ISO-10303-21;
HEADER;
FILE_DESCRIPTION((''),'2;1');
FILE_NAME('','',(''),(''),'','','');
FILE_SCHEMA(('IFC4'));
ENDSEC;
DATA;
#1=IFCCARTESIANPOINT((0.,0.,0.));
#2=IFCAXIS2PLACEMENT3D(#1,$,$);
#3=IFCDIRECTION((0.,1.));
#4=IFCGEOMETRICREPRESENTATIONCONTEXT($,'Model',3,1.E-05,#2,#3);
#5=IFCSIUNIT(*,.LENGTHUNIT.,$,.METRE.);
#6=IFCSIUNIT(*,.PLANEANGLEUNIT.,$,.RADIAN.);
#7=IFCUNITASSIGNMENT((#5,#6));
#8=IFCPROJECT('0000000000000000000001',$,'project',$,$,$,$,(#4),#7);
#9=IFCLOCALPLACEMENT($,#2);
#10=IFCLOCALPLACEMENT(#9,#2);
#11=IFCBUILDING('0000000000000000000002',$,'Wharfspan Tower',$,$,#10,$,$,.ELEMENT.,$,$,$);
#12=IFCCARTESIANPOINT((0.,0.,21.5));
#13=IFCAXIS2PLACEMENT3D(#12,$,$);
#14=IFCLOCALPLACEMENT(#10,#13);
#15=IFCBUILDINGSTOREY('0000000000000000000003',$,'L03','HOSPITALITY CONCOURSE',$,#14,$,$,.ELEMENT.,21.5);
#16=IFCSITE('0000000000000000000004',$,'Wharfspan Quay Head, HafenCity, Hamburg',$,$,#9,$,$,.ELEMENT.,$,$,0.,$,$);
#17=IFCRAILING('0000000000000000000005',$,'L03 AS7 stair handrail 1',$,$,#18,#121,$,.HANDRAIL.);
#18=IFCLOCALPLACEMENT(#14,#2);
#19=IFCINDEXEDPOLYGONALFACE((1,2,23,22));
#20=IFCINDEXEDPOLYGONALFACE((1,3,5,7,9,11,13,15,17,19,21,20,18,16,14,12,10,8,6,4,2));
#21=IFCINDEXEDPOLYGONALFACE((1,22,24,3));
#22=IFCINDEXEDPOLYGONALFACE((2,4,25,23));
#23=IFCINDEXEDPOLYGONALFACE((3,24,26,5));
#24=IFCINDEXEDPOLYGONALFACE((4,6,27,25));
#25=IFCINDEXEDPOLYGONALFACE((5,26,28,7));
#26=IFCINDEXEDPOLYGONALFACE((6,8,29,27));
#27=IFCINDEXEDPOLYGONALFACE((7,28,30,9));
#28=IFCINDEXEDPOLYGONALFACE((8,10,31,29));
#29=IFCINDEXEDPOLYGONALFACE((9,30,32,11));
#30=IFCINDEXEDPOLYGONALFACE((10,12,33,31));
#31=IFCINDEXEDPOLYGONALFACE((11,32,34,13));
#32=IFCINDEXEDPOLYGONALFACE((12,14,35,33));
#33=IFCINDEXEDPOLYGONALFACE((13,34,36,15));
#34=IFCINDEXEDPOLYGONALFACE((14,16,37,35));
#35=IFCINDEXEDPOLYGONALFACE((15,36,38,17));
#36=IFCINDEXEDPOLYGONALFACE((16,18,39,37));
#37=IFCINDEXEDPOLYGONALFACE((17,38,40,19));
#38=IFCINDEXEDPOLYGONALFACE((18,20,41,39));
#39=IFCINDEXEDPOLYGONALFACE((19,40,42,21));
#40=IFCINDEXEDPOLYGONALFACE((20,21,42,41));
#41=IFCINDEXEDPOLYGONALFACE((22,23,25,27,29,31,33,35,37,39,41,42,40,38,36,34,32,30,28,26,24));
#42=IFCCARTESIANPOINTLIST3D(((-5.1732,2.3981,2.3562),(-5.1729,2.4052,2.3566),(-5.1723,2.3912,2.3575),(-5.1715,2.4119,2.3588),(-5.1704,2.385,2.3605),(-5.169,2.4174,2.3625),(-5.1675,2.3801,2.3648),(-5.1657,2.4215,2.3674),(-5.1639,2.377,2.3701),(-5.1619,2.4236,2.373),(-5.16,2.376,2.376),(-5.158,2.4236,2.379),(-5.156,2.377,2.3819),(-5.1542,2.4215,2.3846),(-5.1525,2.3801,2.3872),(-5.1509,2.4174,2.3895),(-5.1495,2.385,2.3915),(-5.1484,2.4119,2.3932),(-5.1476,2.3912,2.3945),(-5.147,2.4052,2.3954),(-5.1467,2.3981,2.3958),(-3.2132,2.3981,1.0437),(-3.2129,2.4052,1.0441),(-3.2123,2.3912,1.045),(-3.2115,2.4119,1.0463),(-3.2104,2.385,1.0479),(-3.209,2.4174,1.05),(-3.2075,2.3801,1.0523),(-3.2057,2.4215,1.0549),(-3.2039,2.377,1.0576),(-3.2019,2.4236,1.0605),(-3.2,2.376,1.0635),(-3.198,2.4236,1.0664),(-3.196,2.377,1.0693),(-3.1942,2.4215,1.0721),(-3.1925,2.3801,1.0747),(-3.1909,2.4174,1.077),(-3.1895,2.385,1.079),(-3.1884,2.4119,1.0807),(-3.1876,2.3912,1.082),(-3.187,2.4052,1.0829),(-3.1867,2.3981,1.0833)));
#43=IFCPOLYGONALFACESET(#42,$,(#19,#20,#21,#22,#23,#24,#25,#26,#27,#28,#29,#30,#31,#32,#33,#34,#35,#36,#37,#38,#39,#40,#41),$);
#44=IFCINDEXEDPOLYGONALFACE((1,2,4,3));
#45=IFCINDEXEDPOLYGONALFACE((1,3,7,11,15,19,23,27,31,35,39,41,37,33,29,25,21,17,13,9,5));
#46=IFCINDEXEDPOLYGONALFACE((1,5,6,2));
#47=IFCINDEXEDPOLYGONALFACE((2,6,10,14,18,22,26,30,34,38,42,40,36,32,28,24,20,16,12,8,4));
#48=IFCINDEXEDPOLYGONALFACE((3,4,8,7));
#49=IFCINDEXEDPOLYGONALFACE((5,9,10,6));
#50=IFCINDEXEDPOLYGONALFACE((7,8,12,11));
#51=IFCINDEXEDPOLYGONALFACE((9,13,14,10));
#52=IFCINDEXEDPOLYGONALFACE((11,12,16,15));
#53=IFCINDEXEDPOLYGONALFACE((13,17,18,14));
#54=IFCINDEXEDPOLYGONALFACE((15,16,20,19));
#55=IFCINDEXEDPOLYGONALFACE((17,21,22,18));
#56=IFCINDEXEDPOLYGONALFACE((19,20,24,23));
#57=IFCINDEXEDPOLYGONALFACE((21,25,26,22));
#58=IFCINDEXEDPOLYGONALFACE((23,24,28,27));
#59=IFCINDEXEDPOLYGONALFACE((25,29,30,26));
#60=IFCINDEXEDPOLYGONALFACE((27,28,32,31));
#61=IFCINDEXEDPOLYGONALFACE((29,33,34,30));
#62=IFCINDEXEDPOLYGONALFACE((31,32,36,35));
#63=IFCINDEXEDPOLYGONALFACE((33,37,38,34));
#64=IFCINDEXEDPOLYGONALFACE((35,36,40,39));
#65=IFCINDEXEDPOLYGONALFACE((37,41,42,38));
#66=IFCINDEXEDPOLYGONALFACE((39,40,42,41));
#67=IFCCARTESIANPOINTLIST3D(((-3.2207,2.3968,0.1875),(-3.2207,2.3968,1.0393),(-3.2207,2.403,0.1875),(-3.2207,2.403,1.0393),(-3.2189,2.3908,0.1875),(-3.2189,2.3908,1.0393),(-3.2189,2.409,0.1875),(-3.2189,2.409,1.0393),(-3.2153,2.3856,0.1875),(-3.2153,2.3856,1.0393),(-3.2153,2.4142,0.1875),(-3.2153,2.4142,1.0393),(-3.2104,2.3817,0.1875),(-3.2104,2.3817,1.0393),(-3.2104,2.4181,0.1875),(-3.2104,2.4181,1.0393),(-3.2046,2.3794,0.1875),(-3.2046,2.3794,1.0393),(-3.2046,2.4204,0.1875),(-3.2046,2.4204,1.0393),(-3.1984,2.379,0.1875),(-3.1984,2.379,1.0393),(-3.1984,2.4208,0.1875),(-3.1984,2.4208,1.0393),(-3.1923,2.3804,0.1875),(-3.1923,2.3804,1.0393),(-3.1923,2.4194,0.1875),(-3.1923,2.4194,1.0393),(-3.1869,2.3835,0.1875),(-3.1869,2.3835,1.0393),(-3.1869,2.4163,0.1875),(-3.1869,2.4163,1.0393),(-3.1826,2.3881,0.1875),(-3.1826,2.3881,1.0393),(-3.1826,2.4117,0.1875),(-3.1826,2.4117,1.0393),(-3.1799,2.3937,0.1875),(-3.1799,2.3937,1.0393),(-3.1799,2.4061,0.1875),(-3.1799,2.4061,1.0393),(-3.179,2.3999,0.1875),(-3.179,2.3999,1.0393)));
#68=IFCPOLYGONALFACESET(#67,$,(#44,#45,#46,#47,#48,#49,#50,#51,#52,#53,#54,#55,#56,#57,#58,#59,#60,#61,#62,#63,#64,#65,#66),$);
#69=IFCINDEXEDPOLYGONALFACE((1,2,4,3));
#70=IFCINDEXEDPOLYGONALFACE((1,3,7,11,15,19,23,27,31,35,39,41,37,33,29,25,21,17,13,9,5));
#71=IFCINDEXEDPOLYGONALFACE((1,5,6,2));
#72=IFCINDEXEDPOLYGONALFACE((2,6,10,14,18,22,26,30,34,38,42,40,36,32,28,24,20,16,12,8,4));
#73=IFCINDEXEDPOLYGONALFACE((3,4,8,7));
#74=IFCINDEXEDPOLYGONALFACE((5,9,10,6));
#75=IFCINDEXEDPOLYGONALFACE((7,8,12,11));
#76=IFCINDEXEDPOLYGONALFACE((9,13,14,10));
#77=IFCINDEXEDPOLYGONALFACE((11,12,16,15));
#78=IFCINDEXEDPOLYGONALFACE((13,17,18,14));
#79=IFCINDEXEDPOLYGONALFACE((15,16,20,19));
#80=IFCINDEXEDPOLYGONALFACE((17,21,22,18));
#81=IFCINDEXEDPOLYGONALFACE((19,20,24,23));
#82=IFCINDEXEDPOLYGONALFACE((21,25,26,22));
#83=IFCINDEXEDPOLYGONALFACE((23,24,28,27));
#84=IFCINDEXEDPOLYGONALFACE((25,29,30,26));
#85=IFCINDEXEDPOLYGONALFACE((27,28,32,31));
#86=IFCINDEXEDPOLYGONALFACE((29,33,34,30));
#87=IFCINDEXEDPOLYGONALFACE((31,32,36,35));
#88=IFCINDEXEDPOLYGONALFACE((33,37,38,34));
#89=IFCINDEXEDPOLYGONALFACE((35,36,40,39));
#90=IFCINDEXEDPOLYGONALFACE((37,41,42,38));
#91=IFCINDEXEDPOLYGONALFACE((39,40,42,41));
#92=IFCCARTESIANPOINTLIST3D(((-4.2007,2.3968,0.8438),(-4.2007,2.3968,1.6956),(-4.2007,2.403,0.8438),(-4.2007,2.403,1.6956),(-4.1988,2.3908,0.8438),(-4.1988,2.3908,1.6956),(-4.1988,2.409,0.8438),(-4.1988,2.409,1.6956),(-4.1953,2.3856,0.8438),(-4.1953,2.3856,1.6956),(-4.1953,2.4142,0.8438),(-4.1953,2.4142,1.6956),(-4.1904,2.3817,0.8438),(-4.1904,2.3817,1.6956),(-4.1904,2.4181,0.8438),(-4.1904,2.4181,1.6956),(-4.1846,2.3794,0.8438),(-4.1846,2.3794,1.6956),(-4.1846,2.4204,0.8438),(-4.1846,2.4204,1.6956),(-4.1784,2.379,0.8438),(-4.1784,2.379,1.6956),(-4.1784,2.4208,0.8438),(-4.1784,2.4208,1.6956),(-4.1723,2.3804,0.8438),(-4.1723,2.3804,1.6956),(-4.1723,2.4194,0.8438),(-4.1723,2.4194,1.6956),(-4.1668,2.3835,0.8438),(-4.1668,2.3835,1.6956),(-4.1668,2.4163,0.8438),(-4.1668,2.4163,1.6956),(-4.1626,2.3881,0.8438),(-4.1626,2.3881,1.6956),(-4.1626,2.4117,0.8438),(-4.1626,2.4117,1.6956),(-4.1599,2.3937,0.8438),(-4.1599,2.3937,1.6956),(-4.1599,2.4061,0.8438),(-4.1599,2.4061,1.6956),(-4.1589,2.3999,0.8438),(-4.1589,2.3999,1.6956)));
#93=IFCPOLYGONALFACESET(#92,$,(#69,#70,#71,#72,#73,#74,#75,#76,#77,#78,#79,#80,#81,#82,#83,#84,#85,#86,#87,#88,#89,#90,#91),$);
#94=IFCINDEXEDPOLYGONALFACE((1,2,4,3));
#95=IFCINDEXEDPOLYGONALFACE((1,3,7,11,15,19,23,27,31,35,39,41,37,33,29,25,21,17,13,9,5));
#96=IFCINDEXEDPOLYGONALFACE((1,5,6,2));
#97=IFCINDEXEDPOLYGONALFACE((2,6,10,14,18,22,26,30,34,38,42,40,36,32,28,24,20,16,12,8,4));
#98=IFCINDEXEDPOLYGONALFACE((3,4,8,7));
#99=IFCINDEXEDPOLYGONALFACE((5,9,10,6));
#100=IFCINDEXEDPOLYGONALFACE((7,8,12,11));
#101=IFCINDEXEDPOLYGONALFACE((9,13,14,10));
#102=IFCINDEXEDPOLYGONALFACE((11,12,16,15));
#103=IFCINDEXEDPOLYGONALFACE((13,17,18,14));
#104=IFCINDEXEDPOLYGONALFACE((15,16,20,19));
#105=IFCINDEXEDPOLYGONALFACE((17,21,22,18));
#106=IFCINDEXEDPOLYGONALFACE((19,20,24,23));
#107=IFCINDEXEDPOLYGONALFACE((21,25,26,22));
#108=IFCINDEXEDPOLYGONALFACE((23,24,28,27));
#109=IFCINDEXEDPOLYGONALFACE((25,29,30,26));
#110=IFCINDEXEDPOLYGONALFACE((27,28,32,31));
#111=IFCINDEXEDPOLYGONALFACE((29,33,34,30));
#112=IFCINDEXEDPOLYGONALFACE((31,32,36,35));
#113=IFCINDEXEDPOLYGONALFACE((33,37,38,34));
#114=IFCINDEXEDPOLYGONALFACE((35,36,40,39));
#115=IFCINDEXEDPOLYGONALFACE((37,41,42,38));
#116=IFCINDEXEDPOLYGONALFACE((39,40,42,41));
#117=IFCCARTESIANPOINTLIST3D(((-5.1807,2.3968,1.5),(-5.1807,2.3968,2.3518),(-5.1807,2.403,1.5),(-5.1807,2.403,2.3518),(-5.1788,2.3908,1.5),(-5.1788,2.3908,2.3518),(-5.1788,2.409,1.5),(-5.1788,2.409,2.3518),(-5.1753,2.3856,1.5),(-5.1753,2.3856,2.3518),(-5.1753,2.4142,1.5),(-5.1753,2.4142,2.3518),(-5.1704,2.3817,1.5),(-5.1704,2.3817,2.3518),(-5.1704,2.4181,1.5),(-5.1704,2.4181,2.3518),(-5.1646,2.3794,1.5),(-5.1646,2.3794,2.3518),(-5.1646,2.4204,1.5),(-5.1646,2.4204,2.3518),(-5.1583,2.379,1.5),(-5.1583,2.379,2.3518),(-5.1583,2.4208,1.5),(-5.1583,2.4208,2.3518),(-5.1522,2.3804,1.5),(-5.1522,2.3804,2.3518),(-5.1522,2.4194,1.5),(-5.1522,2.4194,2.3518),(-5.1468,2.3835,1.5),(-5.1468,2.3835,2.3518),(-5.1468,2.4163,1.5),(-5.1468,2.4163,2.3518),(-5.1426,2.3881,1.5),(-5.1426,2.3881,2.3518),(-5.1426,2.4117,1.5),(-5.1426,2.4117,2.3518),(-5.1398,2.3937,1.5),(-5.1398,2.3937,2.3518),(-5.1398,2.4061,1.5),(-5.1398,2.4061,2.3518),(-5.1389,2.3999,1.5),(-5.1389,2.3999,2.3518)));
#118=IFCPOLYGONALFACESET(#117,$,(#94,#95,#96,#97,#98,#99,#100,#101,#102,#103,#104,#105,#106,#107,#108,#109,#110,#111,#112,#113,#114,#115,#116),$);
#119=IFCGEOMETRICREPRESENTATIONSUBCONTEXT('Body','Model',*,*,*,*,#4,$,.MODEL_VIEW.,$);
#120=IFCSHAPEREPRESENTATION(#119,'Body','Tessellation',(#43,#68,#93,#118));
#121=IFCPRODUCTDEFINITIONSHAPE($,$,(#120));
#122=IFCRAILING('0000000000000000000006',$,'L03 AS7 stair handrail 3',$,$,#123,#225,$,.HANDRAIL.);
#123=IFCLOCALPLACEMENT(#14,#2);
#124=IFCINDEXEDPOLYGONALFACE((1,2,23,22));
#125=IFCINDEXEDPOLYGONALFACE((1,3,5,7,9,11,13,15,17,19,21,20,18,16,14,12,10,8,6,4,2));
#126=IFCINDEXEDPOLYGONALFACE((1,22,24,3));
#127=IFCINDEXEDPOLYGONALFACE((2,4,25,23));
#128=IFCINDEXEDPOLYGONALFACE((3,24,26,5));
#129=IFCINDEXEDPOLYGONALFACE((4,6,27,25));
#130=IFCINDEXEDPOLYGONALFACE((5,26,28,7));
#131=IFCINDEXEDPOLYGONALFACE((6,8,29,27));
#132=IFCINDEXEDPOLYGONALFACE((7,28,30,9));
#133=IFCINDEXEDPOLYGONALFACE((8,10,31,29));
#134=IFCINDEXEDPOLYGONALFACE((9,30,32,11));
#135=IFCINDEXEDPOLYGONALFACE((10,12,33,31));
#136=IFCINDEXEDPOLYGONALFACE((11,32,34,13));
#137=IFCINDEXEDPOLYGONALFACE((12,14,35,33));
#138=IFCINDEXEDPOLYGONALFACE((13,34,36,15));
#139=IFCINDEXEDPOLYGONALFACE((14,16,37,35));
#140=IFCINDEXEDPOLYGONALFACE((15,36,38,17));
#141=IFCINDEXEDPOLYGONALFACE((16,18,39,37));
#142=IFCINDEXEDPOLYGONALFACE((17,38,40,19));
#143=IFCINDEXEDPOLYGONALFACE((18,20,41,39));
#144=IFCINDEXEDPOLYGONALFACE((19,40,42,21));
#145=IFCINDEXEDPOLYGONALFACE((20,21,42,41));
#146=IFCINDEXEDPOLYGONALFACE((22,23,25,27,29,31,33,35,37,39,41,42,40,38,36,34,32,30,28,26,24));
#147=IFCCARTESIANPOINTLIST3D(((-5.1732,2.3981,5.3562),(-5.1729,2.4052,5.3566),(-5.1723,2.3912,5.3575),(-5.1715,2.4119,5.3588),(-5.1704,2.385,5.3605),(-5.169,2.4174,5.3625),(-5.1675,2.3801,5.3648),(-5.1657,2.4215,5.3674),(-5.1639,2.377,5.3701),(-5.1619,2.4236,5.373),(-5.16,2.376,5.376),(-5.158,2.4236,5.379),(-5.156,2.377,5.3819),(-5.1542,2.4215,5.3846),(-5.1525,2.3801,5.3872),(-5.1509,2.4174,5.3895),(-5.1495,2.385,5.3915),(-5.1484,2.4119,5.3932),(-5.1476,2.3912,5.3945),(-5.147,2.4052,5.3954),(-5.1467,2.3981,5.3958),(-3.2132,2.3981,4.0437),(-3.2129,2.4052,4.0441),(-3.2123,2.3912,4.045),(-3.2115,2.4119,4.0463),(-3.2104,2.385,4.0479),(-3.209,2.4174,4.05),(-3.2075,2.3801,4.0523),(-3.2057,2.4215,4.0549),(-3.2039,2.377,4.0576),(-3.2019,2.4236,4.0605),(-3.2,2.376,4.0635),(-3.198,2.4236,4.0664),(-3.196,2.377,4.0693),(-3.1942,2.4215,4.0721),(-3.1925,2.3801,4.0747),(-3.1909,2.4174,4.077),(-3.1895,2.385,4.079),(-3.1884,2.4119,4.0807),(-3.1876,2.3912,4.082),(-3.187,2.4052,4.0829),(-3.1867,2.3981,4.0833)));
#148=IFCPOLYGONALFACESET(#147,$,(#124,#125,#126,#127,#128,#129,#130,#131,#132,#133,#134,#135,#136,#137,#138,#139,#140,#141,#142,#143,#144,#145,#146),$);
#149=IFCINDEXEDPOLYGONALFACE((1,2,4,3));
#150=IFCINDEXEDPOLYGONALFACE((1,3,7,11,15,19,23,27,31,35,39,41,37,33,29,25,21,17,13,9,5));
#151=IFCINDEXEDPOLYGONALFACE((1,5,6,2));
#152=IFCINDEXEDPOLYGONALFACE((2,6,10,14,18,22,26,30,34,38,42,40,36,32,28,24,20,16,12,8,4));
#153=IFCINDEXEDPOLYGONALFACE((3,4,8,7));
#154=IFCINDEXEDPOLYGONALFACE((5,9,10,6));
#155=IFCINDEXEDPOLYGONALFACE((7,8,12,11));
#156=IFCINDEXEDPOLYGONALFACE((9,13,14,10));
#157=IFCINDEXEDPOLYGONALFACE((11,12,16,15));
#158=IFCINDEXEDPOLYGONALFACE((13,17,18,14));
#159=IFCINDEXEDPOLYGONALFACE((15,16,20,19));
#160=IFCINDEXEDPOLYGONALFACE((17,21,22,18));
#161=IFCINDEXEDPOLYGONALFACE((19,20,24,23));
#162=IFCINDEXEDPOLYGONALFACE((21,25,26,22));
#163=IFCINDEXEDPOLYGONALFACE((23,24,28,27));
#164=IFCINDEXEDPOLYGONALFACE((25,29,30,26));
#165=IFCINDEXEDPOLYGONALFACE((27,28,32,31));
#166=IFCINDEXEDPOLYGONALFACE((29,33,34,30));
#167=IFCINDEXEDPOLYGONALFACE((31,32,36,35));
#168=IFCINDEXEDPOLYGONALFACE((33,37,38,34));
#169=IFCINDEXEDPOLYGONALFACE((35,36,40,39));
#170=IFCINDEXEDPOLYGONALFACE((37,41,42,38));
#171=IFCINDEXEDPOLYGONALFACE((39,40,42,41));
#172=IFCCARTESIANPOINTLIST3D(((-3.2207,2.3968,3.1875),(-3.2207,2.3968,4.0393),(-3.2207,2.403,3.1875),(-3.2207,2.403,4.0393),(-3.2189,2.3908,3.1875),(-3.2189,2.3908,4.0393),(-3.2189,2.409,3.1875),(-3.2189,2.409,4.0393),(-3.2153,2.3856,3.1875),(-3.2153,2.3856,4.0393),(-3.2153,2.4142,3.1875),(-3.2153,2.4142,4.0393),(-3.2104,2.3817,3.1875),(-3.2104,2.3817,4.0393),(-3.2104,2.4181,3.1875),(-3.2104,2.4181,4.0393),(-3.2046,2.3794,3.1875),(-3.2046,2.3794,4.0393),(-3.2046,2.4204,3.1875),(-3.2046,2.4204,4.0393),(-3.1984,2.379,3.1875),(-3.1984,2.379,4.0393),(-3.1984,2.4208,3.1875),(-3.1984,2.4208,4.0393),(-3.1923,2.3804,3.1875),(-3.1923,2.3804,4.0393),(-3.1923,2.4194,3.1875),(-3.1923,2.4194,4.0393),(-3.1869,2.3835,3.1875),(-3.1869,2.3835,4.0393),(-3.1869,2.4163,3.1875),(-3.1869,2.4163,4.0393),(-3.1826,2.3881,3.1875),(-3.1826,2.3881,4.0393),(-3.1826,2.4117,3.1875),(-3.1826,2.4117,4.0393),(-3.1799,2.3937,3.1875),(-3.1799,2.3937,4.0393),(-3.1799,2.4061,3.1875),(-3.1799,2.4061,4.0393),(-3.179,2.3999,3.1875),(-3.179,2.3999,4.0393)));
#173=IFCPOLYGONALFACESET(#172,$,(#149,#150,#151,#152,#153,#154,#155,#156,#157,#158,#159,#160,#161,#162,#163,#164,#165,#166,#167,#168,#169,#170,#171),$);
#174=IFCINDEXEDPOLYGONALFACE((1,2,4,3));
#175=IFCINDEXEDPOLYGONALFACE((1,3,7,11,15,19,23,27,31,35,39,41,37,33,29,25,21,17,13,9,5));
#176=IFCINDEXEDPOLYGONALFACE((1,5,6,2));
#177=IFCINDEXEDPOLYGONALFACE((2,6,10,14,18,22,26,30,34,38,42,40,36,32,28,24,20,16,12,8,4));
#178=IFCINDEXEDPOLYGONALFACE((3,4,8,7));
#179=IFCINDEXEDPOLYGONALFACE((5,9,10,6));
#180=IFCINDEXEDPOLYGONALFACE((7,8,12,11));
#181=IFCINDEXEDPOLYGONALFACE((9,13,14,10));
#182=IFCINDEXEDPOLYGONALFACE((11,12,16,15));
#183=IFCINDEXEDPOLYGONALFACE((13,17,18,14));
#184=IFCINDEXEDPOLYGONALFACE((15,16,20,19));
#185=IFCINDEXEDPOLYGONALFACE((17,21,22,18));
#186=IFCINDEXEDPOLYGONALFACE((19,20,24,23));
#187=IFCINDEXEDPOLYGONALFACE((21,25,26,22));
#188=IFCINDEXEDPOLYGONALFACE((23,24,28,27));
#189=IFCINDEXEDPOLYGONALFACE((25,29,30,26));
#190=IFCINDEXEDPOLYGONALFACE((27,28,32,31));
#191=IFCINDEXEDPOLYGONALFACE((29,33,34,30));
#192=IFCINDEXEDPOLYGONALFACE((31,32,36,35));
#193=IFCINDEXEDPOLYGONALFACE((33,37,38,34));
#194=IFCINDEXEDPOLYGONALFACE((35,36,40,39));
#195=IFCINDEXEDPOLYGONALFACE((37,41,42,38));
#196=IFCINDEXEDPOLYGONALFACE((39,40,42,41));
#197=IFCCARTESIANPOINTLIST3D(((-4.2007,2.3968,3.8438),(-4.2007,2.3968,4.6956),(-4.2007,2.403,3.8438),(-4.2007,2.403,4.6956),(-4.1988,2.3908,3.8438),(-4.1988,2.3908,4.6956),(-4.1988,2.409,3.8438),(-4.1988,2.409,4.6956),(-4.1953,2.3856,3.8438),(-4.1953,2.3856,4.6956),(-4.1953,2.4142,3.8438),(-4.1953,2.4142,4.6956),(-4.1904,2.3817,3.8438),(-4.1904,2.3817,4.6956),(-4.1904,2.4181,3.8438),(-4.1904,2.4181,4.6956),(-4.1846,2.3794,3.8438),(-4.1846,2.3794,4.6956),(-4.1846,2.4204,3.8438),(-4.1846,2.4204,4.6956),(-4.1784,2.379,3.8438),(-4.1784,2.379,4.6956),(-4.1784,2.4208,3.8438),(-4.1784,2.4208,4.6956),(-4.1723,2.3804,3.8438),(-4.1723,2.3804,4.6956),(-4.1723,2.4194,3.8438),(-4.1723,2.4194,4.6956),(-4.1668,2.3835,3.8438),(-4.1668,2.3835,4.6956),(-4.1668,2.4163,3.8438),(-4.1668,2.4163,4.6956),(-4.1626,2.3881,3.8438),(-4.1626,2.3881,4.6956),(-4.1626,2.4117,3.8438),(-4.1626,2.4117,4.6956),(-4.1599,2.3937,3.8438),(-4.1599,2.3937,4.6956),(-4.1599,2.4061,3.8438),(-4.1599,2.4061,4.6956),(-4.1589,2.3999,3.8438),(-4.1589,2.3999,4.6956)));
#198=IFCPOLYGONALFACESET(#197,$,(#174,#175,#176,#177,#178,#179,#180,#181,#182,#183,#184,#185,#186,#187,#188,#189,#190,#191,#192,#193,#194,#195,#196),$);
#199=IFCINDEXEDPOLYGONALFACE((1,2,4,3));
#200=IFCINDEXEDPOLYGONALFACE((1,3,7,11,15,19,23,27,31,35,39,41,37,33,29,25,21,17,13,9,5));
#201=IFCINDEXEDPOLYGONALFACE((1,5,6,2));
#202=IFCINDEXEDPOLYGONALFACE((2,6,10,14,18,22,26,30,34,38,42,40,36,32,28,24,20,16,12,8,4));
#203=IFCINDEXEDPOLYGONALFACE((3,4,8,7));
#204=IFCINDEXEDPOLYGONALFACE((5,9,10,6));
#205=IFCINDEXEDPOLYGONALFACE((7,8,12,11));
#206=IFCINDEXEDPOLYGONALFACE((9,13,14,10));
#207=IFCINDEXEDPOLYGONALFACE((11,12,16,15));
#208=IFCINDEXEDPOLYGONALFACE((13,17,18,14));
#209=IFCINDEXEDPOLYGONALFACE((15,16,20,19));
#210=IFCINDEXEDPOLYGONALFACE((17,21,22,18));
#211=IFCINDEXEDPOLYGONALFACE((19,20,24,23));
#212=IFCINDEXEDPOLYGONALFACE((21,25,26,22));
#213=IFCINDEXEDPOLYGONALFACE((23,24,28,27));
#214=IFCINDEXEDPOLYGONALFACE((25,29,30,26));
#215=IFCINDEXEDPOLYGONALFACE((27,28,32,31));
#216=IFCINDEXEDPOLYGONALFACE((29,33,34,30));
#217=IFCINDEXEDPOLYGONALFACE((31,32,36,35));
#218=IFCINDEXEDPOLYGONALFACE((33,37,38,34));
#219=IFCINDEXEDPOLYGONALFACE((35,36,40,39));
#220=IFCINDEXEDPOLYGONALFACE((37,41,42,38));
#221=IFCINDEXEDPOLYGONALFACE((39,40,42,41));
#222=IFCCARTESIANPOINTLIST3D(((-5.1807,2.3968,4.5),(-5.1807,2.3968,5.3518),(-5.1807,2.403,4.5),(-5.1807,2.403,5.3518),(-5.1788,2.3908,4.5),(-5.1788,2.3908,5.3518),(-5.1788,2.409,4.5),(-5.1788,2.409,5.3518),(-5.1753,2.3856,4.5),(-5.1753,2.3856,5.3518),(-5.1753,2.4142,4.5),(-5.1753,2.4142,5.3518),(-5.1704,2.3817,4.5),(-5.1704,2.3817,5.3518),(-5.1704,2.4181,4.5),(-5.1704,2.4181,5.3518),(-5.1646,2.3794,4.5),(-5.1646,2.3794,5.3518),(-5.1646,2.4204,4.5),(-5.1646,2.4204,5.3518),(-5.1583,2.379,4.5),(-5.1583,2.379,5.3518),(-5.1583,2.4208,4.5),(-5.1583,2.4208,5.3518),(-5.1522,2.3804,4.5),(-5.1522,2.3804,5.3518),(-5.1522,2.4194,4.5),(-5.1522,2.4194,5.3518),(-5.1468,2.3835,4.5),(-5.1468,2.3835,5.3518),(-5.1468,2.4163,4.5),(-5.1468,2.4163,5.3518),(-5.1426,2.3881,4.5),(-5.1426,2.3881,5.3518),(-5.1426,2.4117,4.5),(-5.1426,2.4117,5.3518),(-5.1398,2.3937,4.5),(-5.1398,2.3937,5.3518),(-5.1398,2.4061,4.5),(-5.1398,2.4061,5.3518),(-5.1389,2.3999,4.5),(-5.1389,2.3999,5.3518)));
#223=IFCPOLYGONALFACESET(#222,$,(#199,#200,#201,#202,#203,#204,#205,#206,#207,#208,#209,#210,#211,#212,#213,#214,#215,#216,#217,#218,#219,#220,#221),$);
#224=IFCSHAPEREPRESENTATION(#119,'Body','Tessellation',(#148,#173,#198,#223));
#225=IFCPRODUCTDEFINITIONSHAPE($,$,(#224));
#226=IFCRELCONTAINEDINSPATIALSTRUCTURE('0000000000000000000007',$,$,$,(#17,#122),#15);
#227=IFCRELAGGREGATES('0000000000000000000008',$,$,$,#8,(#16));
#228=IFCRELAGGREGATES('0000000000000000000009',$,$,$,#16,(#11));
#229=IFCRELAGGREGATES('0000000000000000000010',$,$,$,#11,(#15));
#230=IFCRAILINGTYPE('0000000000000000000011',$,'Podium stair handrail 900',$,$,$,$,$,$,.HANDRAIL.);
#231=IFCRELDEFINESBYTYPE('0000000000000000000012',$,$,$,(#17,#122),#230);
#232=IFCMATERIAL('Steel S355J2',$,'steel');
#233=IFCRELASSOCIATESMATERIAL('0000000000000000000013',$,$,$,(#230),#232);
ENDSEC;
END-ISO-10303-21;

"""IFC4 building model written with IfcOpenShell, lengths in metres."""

from ifc_helpers import new_model, si_unit, direction, frame, origin, origin_2d, place, context, subcontext, project, spatial, circle, extrude, material, type_object, element, save


model = new_model("IFC4")

# Units and contexts
model_context = context("Model", 3, precision=1e-05, world=origin(), true_north=direction((0.0, 1.0)))
body_context = subcontext(model_context, "Body", "Model", "MODEL_VIEW")
ifc_project = project(units=[si_unit("LENGTHUNIT", "METRE"), si_unit("PLANEANGLEUNIT", "RADIAN")], contexts=[model_context])

# Site, building, storey
site_placement = place(None, origin())
site = spatial("IfcSite", under=ifc_project, at=site_placement, Name="Wharfspan Quay Head, HafenCity, Hamburg", CompositionType="ELEMENT", RefElevation=0.0)
building_placement = place(site_placement, origin())
building = spatial("IfcBuilding", under=site, at=building_placement, Name="Wharfspan Tower", CompositionType="ELEMENT")
storey_placement = place(building_placement, frame((0.0, 0.0, 21.5)))
storey = spatial("IfcBuildingStorey", under=building, at=storey_placement, Name="L03", Description="HOSPITALITY CONCOURSE", CompositionType="ELEMENT", Elevation=21.5)

# Railings
ifc_material_1 = material(Name="Steel S355J2", Category="steel")
railing_type_1 = type_object("IfcRailingType", Name="Podium stair handrail 900", PredefinedType="HANDRAIL", material=ifc_material_1)
for number, where, name in (
    (1, (-3.2, 2.3999, 0.1875), "L03 AS7 stair handrail 1"),
    (2, (-3.2, 2.3999, 3.1875), "L03 AS7 stair handrail 3"),
):
    element("IfcRailing", number, at=place(storey_placement, frame(where)), inside=storey, type_object=railing_type_1, Name=name, PredefinedType="HANDRAIL", context=body_context, shape_type="SweptSolid", body=[
        extrude(circle(Radius=0.0239, at=origin_2d()), frame((0.0, 0.0, 0.876), z_axis=(-0.830902, 0.0, 0.556419), x_axis=(0.0, -1.0, 0.0)), (0.0, 0.0, 1.0), 2.3589),
        extrude(circle(Radius=0.021, at=origin_2d()), origin(), (0.0, 0.0, 1.0), 0.8518),
        extrude(circle(Radius=0.021, at=origin_2d()), frame((-0.98, 0.0, 0.6562)), (0.0, 0.0, 1.0), 0.8518),
        extrude(circle(Radius=0.021, at=origin_2d()), frame((-1.96, 0.0, 1.3125)), (0.0, 0.0, 1.0), 0.8518),
    ])

save(model, "model.ifc")
